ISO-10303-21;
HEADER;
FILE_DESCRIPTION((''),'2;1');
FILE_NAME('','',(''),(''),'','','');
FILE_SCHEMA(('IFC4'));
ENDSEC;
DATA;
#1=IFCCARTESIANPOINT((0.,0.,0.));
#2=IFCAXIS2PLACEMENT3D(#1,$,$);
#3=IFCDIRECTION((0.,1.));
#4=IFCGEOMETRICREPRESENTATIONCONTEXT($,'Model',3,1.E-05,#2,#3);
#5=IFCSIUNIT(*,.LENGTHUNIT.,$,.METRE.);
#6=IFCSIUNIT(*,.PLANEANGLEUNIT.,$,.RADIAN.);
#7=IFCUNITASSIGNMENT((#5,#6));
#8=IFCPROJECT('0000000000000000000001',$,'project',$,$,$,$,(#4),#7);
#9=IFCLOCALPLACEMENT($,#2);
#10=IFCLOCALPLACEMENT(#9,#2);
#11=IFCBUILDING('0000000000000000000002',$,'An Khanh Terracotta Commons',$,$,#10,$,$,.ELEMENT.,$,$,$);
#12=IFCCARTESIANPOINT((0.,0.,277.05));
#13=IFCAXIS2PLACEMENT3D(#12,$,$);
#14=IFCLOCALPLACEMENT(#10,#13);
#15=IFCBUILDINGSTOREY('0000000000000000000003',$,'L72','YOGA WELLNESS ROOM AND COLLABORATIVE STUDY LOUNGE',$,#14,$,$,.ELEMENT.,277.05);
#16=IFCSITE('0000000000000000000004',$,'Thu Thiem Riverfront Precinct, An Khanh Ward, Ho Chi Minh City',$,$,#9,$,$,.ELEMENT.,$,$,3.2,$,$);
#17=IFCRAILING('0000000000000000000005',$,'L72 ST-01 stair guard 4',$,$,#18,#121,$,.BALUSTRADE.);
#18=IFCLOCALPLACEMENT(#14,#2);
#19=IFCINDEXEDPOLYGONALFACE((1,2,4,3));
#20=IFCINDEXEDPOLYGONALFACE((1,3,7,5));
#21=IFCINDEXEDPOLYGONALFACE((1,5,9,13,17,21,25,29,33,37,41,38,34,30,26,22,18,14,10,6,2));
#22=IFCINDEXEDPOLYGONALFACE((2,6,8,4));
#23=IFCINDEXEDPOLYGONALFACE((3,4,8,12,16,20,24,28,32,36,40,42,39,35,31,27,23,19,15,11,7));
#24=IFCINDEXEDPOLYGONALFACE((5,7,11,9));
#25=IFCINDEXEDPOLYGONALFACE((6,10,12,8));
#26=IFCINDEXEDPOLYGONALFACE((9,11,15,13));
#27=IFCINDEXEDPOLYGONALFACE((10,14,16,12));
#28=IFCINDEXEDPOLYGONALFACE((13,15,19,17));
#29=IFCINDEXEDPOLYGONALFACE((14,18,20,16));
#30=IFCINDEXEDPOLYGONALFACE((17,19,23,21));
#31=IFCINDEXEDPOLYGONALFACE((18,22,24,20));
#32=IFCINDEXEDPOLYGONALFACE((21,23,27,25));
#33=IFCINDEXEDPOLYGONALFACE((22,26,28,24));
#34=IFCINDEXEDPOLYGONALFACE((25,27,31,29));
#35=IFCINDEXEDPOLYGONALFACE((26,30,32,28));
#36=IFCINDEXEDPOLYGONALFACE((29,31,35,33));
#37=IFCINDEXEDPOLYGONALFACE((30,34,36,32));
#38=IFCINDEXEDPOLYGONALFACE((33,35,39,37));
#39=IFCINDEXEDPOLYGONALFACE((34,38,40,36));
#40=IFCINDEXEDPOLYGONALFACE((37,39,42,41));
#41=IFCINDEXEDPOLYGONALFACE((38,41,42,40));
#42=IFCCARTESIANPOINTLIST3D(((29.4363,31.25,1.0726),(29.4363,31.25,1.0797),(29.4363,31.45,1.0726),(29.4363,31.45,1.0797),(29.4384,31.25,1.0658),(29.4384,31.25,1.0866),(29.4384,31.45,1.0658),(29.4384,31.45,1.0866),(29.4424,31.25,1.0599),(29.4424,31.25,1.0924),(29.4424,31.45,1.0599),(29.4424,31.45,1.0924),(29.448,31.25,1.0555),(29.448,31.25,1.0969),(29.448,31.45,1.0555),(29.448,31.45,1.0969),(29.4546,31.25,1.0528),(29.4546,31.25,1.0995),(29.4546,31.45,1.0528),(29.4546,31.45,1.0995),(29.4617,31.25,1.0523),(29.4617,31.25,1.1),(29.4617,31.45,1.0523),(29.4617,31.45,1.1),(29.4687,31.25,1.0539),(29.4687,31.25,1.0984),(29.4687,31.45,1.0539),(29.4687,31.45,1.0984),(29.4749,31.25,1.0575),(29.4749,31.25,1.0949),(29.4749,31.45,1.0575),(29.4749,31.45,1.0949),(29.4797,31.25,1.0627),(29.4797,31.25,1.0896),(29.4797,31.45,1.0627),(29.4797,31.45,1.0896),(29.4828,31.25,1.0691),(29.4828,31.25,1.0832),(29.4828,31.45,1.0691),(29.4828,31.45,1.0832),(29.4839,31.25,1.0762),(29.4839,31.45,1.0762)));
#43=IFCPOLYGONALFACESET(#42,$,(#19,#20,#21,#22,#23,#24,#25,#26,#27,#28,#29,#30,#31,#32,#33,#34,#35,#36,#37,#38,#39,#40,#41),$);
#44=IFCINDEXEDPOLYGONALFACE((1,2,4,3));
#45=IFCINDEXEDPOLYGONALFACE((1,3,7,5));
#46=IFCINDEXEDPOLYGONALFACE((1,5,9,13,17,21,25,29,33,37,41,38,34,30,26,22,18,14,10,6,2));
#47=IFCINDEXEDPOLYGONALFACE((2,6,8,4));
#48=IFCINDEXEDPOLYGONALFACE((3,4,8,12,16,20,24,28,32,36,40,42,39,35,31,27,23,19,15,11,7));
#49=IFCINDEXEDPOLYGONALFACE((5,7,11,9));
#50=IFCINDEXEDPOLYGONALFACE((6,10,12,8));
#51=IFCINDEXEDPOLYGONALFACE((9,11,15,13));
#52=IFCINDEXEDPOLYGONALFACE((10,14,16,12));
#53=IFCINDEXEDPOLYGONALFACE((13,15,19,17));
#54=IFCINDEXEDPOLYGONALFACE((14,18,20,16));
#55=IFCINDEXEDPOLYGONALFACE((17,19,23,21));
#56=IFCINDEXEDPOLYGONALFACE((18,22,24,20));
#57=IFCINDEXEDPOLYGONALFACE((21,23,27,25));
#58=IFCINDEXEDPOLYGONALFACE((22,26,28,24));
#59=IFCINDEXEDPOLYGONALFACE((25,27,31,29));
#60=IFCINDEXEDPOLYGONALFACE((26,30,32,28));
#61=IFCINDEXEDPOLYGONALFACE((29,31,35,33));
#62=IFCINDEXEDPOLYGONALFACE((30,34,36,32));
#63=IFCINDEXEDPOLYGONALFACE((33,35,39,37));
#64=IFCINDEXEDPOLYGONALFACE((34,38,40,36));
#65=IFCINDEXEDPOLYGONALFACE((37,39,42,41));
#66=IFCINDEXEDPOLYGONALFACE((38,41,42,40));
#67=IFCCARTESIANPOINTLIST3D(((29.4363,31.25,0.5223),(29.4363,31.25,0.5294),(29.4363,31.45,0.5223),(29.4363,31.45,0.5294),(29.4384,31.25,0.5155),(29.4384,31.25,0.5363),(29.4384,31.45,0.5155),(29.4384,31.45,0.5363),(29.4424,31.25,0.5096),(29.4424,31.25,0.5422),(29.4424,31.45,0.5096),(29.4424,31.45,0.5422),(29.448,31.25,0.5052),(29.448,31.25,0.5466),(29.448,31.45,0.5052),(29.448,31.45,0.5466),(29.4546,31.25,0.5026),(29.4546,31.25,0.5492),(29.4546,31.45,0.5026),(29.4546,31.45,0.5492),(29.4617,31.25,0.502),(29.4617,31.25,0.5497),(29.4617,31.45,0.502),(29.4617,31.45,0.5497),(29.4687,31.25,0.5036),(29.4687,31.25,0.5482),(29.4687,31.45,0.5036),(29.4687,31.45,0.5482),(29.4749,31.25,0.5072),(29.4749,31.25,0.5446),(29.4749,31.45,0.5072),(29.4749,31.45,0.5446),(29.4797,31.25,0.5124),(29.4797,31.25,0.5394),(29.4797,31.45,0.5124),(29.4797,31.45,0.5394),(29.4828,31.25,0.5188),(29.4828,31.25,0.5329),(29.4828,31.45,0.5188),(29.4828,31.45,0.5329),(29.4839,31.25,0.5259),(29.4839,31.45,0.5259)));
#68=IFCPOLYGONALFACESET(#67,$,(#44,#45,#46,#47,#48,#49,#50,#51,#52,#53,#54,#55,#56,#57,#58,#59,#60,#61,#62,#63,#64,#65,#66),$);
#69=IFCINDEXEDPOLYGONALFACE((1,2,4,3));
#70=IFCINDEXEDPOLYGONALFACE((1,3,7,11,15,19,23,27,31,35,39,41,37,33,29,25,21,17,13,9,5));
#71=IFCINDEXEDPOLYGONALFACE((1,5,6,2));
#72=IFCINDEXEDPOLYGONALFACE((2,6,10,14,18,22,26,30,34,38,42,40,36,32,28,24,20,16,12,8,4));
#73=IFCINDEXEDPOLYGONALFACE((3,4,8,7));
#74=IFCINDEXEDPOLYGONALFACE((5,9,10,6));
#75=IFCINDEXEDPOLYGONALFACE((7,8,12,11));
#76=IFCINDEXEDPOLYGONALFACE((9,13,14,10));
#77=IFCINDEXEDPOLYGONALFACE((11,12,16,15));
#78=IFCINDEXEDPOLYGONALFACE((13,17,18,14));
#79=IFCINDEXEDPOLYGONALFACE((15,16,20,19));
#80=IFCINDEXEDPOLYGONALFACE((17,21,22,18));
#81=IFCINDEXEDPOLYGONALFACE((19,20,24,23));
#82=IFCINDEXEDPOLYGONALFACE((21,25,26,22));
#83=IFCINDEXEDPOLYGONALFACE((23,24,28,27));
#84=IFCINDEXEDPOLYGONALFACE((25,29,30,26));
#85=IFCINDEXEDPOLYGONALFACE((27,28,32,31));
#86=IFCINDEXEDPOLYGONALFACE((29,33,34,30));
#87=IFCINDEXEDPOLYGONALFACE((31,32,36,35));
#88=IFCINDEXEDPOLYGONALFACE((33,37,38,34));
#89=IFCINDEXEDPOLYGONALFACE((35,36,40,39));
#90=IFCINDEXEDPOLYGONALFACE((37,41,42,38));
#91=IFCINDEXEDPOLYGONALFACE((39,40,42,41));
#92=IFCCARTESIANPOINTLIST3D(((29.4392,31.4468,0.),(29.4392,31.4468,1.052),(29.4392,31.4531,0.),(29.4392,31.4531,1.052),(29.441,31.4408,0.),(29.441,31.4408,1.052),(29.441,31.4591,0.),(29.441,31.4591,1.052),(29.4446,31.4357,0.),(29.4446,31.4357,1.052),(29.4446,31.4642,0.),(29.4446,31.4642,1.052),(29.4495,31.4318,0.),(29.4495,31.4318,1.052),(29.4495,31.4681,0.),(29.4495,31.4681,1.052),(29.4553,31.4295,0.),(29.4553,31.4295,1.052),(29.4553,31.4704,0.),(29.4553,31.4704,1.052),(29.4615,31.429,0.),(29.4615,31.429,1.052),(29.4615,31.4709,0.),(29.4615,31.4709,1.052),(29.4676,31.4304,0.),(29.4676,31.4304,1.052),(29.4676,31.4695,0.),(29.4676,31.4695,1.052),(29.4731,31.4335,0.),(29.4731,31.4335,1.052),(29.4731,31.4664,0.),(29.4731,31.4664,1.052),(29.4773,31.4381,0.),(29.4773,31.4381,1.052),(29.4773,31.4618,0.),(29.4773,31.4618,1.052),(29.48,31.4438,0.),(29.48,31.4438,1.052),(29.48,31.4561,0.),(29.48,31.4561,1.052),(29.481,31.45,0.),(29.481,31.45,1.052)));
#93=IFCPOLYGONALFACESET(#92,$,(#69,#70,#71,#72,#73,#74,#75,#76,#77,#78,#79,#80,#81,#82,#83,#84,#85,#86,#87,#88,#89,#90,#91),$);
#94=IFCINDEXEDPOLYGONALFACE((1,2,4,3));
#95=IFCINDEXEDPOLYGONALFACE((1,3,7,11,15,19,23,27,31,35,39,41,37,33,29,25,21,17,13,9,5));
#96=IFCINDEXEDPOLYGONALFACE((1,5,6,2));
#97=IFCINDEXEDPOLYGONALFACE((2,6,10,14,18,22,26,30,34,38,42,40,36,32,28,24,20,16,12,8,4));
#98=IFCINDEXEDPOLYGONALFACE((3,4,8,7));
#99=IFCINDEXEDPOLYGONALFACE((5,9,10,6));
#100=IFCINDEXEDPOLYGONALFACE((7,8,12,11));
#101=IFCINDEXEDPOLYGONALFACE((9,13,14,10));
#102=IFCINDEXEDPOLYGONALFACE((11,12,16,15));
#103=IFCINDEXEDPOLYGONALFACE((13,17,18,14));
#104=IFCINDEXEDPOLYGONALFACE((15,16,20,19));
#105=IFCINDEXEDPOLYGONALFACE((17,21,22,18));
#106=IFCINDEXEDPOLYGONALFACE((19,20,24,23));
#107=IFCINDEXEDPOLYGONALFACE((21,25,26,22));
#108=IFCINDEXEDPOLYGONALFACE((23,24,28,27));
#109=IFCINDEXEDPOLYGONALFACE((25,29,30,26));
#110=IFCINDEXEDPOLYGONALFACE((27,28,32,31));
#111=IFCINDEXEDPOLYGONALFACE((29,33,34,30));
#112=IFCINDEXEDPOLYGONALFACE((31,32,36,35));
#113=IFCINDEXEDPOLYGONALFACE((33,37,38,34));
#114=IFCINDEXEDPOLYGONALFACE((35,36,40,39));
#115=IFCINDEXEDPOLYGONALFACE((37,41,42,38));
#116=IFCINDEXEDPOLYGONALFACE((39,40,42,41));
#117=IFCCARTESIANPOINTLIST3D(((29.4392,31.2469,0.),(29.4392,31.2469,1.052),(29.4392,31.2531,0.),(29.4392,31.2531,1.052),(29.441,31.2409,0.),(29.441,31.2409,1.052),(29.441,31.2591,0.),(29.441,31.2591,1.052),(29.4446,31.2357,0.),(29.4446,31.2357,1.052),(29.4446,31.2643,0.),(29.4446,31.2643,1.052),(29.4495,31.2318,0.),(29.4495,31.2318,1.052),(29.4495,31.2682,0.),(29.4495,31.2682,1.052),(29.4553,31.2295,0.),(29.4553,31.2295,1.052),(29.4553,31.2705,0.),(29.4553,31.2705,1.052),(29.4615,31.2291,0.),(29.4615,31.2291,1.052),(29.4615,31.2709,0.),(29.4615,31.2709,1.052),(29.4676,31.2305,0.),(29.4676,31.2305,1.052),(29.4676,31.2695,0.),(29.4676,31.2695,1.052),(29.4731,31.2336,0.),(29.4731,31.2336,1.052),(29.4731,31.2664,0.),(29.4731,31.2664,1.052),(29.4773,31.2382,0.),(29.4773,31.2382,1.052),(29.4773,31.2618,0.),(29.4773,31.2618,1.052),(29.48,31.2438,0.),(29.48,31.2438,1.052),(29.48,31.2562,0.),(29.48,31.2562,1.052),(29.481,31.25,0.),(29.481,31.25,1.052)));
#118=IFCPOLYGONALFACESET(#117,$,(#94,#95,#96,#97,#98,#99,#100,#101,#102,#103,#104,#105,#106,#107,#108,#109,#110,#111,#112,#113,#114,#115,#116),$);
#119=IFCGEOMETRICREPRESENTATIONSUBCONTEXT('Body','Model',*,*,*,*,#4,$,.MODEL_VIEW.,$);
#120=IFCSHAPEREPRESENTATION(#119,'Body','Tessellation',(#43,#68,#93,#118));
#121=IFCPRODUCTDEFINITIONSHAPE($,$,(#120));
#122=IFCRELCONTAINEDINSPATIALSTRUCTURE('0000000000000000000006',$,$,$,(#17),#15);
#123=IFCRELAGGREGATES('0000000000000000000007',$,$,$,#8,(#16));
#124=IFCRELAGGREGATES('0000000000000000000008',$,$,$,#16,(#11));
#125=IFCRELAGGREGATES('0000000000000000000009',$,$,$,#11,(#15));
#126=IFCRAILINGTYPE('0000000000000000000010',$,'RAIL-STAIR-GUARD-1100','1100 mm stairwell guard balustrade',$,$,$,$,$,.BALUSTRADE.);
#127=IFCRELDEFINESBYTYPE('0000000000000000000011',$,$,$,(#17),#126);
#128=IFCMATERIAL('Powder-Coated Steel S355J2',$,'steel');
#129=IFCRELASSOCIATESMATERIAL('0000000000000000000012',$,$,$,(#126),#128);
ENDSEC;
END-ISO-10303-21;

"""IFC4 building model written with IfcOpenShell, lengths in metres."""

from ifc_helpers import new_model, si_unit, direction, frame, origin, origin_2d, place, context, subcontext, project, spatial, circle, extrude, material, type_object, element, save


model = new_model("IFC4")

# Units and contexts
model_context = context("Model", 3, precision=1e-05, world=origin(), true_north=direction((0.0, 1.0)))
body_context = subcontext(model_context, "Body", "Model", "MODEL_VIEW")
ifc_project = project(units=[si_unit("LENGTHUNIT", "METRE"), si_unit("PLANEANGLEUNIT", "RADIAN")], contexts=[model_context])

# Site, building, storey
site_placement = place(None, origin())
site = spatial("IfcSite", under=ifc_project, at=site_placement, Name="Thu Thiem Riverfront Precinct, An Khanh Ward, Ho Chi Minh City", CompositionType="ELEMENT", RefElevation=3.2)
building_placement = place(site_placement, origin())
building = spatial("IfcBuilding", under=site, at=building_placement, Name="An Khanh Terracotta Commons", CompositionType="ELEMENT")
storey_placement = place(building_placement, frame((0.0, 0.0, 277.05)))
storey = spatial("IfcBuildingStorey", under=building, at=storey_placement, Name="L72", Description="YOGA WELLNESS ROOM AND COLLABORATIVE STUDY LOUNGE", CompositionType="ELEMENT", Elevation=277.05)

# Railing
ifc_material_1 = material(Name="Powder-Coated Steel S355J2", Category="steel")
railing_type_1 = type_object("IfcRailingType", Name="RAIL-STAIR-GUARD-1100", Description="1100 mm stairwell guard balustrade", PredefinedType="BALUSTRADE", material=ifc_material_1)
railing_1_placement = place(storey_placement, frame((29.46, 31.45, 0.0)))
element("IfcRailing", 1, at=railing_1_placement, inside=storey, type_object=railing_type_1, Name="L72 ST-01 stair guard 4", PredefinedType="BALUSTRADE", context=body_context, shape_type="SweptSolid", body=[
    extrude(circle(Radius=0.0239, at=origin_2d()), frame((0.0, 0.0, 1.0762), z_axis=(0.0, -1.0, 0.0), x_axis=(1.0, 0.0, 0.0)), (0.0, 0.0, 1.0), 0.2),
    extrude(circle(Radius=0.0239, at=origin_2d()), frame((0.0, 0.0, 0.5259), z_axis=(0.0, -1.0, 0.0), x_axis=(1.0, 0.0, 0.0)), (0.0, 0.0, 1.0), 0.2),
    extrude(circle(Radius=0.021, at=origin_2d()), origin(), (0.0, 0.0, 1.0), 1.052),
    extrude(circle(Radius=0.021, at=origin_2d()), frame((0.0, -0.2, 0.0)), (0.0, 0.0, 1.0), 1.052),
])

save(model, "model.ifc")
